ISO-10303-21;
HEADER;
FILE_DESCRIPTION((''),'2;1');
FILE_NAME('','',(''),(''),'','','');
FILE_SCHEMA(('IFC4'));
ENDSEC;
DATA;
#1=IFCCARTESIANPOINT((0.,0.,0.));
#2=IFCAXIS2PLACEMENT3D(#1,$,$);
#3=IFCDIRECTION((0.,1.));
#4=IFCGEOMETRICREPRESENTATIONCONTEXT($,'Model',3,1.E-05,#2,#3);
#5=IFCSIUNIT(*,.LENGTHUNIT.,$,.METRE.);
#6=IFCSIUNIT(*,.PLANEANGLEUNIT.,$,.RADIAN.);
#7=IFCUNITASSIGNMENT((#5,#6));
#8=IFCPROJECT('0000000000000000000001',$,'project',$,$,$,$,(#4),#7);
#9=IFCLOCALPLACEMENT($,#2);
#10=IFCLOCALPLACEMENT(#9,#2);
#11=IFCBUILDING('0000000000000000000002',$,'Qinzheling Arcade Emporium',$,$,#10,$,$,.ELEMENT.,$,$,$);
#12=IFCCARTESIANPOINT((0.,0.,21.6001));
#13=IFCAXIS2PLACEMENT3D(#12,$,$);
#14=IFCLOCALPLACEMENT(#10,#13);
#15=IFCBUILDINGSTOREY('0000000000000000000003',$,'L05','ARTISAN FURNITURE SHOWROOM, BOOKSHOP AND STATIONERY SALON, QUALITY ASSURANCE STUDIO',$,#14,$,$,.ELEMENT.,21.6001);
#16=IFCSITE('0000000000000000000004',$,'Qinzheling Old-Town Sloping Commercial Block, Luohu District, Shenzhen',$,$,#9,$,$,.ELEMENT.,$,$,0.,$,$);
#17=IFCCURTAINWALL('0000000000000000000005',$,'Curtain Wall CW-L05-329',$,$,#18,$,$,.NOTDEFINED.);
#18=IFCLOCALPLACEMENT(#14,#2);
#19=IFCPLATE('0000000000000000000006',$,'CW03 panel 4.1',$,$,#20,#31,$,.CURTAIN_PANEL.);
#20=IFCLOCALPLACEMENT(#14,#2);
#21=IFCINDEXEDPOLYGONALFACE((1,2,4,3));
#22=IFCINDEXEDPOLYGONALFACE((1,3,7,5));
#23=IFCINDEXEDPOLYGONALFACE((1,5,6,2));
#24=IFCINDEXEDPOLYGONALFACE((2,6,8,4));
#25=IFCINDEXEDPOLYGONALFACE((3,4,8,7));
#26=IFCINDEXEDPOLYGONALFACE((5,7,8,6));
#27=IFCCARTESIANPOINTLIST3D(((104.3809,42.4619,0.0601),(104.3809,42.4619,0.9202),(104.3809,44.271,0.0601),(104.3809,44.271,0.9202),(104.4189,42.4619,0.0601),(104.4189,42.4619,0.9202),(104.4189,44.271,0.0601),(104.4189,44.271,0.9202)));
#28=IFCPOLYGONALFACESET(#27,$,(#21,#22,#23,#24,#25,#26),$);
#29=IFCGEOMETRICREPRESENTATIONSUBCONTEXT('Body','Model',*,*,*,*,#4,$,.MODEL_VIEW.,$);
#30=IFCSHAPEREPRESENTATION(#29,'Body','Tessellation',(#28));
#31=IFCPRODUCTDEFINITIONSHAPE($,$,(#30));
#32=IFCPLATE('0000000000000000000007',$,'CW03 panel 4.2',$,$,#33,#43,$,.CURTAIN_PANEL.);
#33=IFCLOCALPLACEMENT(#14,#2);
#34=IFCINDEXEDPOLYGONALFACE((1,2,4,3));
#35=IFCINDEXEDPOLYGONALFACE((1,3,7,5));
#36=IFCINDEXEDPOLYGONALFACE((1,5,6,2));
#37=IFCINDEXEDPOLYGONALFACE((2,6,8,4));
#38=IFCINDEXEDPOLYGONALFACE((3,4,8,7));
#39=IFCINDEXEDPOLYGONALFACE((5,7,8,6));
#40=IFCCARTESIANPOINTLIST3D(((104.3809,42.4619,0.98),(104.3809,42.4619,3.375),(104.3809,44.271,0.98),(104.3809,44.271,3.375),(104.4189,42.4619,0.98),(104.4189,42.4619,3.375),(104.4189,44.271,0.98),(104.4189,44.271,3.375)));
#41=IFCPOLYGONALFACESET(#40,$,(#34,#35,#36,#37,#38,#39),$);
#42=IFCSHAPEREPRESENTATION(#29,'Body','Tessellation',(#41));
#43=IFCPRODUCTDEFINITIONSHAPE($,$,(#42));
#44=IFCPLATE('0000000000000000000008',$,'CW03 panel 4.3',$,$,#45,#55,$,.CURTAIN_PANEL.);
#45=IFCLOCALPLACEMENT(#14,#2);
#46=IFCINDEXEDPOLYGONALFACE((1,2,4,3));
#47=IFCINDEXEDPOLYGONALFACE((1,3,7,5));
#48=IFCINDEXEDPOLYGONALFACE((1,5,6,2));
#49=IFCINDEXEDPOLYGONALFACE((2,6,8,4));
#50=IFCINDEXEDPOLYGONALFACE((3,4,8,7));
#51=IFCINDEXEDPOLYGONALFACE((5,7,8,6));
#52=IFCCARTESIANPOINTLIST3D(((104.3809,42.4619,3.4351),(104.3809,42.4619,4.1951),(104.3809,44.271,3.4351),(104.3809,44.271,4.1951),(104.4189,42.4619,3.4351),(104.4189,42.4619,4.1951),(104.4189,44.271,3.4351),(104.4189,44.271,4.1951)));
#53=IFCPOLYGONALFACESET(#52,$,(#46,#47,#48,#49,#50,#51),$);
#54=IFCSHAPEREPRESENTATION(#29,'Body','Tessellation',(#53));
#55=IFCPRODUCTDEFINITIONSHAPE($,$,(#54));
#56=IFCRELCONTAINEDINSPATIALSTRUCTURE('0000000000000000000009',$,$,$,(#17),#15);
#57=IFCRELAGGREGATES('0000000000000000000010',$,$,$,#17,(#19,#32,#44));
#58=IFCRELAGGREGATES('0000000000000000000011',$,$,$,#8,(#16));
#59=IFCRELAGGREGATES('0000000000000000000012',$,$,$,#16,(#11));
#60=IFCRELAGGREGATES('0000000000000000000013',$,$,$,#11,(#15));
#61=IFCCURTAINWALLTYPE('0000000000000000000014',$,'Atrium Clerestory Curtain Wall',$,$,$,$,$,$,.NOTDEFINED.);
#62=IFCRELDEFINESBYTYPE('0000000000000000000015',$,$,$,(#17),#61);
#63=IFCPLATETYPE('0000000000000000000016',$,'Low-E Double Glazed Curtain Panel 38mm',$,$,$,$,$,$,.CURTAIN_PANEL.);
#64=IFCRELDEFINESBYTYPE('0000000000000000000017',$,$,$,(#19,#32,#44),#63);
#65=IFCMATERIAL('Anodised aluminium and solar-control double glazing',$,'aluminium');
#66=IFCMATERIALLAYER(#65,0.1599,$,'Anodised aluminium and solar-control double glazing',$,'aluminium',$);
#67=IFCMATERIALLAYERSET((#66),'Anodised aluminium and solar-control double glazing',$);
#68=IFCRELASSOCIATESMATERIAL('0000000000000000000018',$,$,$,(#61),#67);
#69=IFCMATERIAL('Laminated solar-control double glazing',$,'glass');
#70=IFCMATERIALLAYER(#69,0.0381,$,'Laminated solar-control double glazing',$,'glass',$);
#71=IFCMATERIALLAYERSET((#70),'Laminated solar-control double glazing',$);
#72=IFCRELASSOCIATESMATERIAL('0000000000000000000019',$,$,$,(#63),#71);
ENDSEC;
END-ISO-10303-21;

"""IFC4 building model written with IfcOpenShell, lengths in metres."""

from ifc_helpers import new_model, si_unit, direction, frame, origin, origin_2d, place, context, subcontext, project, spatial, rectangle, extrude, material, layer, layer_set, type_object, element, aggregate, save


model = new_model("IFC4")

# Units and contexts
model_context = context("Model", 3, precision=1e-05, world=origin(), true_north=direction((0.0, 1.0)))
body_context = subcontext(model_context, "Body", "Model", "MODEL_VIEW")
ifc_project = project(units=[si_unit("LENGTHUNIT", "METRE"), si_unit("PLANEANGLEUNIT", "RADIAN")], contexts=[model_context])

# Site, building, storey
site_placement = place(None, origin())
site = spatial("IfcSite", under=ifc_project, at=site_placement, Name="Qinzheling Old-Town Sloping Commercial Block, Luohu District, Shenzhen", CompositionType="ELEMENT", RefElevation=0.0)
building_placement = place(site_placement, origin())
building = spatial("IfcBuilding", under=site, at=building_placement, Name="Qinzheling Arcade Emporium", CompositionType="ELEMENT")
storey_placement = place(building_placement, frame((0.0, 0.0, 21.6001)))
storey = spatial("IfcBuildingStorey", under=building, at=storey_placement, Name="L05", Description="ARTISAN FURNITURE SHOWROOM, BOOKSHOP AND STATIONERY SALON, QUALITY ASSURANCE STUDIO", CompositionType="ELEMENT", Elevation=21.6001)

# Curtain wall, plates
ifc_material_1 = material(Name="Anodised aluminium and solar-control double glazing", Category="aluminium")
ifc_layer_1 = layer(ifc_material_1, 0.1599, Name="Anodised aluminium and solar-control double glazing", Category="aluminium")
ifc_layer_set_1 = layer_set([ifc_layer_1], Name="Anodised aluminium and solar-control double glazing")
curtain_wall_type = type_object("IfcCurtainWallType", Name="Atrium Clerestory Curtain Wall", PredefinedType="NOTDEFINED", material=ifc_layer_set_1)
curtain_wall_placement = place(storey_placement, origin())
curtain_wall = element("IfcCurtainWall", 1, at=curtain_wall_placement, inside=storey, type_object=curtain_wall_type, Name="Curtain Wall CW-L05-329", PredefinedType="NOTDEFINED")
ifc_material_2 = material(Name="Laminated solar-control double glazing", Category="glass")
ifc_layer_2 = layer(ifc_material_2, 0.0381, Name="Laminated solar-control double glazing", Category="glass")
ifc_layer_set_2 = layer_set([ifc_layer_2], Name="Laminated solar-control double glazing")
plate_type = type_object("IfcPlateType", Name="Low-E Double Glazed Curtain Panel 38mm", PredefinedType="CURTAIN_PANEL", material=ifc_layer_set_2)
plate_1_placement = place(storey_placement, frame((104.3999, 43.3665, 0.0601), z_axis=(0.0, 0.0, 1.0), x_axis=(0.0, -1.0, 0.0)))
plate_1 = element("IfcPlate", 2, at=plate_1_placement, type_object=plate_type, Name="CW03 panel 4.1", PredefinedType="CURTAIN_PANEL", context=body_context, shape_type="SweptSolid", body=[
    extrude(rectangle(XDim=1.8091, YDim=0.0381, at=origin_2d()), origin(), (0.0, 0.0, 1.0), 0.8601),
])
plate_2_placement = place(storey_placement, frame((104.3999, 43.3665, 0.98), z_axis=(0.0, 0.0, 1.0), x_axis=(0.0, -1.0, 0.0)))
plate_2 = element("IfcPlate", 3, at=plate_2_placement, type_object=plate_type, Name="CW03 panel 4.2", PredefinedType="CURTAIN_PANEL", context=body_context, shape_type="SweptSolid", body=[
    extrude(rectangle(XDim=1.8091, YDim=0.0381, at=origin_2d()), origin(), (0.0, 0.0, 1.0), 2.395),
])
plate_3_placement = place(storey_placement, frame((104.3999, 43.3665, 3.4351), z_axis=(0.0, 0.0, 1.0), x_axis=(0.0, -1.0, 0.0)))
plate_3 = element("IfcPlate", 4, at=plate_3_placement, type_object=plate_type, Name="CW03 panel 4.3", PredefinedType="CURTAIN_PANEL", context=body_context, shape_type="SweptSolid", body=[
    extrude(rectangle(XDim=1.8091, YDim=0.0381, at=origin_2d()), origin(), (0.0, 0.0, 1.0), 0.76),
])
aggregate(curtain_wall, [plate_1, plate_2, plate_3])

save(model, "model.ifc")
